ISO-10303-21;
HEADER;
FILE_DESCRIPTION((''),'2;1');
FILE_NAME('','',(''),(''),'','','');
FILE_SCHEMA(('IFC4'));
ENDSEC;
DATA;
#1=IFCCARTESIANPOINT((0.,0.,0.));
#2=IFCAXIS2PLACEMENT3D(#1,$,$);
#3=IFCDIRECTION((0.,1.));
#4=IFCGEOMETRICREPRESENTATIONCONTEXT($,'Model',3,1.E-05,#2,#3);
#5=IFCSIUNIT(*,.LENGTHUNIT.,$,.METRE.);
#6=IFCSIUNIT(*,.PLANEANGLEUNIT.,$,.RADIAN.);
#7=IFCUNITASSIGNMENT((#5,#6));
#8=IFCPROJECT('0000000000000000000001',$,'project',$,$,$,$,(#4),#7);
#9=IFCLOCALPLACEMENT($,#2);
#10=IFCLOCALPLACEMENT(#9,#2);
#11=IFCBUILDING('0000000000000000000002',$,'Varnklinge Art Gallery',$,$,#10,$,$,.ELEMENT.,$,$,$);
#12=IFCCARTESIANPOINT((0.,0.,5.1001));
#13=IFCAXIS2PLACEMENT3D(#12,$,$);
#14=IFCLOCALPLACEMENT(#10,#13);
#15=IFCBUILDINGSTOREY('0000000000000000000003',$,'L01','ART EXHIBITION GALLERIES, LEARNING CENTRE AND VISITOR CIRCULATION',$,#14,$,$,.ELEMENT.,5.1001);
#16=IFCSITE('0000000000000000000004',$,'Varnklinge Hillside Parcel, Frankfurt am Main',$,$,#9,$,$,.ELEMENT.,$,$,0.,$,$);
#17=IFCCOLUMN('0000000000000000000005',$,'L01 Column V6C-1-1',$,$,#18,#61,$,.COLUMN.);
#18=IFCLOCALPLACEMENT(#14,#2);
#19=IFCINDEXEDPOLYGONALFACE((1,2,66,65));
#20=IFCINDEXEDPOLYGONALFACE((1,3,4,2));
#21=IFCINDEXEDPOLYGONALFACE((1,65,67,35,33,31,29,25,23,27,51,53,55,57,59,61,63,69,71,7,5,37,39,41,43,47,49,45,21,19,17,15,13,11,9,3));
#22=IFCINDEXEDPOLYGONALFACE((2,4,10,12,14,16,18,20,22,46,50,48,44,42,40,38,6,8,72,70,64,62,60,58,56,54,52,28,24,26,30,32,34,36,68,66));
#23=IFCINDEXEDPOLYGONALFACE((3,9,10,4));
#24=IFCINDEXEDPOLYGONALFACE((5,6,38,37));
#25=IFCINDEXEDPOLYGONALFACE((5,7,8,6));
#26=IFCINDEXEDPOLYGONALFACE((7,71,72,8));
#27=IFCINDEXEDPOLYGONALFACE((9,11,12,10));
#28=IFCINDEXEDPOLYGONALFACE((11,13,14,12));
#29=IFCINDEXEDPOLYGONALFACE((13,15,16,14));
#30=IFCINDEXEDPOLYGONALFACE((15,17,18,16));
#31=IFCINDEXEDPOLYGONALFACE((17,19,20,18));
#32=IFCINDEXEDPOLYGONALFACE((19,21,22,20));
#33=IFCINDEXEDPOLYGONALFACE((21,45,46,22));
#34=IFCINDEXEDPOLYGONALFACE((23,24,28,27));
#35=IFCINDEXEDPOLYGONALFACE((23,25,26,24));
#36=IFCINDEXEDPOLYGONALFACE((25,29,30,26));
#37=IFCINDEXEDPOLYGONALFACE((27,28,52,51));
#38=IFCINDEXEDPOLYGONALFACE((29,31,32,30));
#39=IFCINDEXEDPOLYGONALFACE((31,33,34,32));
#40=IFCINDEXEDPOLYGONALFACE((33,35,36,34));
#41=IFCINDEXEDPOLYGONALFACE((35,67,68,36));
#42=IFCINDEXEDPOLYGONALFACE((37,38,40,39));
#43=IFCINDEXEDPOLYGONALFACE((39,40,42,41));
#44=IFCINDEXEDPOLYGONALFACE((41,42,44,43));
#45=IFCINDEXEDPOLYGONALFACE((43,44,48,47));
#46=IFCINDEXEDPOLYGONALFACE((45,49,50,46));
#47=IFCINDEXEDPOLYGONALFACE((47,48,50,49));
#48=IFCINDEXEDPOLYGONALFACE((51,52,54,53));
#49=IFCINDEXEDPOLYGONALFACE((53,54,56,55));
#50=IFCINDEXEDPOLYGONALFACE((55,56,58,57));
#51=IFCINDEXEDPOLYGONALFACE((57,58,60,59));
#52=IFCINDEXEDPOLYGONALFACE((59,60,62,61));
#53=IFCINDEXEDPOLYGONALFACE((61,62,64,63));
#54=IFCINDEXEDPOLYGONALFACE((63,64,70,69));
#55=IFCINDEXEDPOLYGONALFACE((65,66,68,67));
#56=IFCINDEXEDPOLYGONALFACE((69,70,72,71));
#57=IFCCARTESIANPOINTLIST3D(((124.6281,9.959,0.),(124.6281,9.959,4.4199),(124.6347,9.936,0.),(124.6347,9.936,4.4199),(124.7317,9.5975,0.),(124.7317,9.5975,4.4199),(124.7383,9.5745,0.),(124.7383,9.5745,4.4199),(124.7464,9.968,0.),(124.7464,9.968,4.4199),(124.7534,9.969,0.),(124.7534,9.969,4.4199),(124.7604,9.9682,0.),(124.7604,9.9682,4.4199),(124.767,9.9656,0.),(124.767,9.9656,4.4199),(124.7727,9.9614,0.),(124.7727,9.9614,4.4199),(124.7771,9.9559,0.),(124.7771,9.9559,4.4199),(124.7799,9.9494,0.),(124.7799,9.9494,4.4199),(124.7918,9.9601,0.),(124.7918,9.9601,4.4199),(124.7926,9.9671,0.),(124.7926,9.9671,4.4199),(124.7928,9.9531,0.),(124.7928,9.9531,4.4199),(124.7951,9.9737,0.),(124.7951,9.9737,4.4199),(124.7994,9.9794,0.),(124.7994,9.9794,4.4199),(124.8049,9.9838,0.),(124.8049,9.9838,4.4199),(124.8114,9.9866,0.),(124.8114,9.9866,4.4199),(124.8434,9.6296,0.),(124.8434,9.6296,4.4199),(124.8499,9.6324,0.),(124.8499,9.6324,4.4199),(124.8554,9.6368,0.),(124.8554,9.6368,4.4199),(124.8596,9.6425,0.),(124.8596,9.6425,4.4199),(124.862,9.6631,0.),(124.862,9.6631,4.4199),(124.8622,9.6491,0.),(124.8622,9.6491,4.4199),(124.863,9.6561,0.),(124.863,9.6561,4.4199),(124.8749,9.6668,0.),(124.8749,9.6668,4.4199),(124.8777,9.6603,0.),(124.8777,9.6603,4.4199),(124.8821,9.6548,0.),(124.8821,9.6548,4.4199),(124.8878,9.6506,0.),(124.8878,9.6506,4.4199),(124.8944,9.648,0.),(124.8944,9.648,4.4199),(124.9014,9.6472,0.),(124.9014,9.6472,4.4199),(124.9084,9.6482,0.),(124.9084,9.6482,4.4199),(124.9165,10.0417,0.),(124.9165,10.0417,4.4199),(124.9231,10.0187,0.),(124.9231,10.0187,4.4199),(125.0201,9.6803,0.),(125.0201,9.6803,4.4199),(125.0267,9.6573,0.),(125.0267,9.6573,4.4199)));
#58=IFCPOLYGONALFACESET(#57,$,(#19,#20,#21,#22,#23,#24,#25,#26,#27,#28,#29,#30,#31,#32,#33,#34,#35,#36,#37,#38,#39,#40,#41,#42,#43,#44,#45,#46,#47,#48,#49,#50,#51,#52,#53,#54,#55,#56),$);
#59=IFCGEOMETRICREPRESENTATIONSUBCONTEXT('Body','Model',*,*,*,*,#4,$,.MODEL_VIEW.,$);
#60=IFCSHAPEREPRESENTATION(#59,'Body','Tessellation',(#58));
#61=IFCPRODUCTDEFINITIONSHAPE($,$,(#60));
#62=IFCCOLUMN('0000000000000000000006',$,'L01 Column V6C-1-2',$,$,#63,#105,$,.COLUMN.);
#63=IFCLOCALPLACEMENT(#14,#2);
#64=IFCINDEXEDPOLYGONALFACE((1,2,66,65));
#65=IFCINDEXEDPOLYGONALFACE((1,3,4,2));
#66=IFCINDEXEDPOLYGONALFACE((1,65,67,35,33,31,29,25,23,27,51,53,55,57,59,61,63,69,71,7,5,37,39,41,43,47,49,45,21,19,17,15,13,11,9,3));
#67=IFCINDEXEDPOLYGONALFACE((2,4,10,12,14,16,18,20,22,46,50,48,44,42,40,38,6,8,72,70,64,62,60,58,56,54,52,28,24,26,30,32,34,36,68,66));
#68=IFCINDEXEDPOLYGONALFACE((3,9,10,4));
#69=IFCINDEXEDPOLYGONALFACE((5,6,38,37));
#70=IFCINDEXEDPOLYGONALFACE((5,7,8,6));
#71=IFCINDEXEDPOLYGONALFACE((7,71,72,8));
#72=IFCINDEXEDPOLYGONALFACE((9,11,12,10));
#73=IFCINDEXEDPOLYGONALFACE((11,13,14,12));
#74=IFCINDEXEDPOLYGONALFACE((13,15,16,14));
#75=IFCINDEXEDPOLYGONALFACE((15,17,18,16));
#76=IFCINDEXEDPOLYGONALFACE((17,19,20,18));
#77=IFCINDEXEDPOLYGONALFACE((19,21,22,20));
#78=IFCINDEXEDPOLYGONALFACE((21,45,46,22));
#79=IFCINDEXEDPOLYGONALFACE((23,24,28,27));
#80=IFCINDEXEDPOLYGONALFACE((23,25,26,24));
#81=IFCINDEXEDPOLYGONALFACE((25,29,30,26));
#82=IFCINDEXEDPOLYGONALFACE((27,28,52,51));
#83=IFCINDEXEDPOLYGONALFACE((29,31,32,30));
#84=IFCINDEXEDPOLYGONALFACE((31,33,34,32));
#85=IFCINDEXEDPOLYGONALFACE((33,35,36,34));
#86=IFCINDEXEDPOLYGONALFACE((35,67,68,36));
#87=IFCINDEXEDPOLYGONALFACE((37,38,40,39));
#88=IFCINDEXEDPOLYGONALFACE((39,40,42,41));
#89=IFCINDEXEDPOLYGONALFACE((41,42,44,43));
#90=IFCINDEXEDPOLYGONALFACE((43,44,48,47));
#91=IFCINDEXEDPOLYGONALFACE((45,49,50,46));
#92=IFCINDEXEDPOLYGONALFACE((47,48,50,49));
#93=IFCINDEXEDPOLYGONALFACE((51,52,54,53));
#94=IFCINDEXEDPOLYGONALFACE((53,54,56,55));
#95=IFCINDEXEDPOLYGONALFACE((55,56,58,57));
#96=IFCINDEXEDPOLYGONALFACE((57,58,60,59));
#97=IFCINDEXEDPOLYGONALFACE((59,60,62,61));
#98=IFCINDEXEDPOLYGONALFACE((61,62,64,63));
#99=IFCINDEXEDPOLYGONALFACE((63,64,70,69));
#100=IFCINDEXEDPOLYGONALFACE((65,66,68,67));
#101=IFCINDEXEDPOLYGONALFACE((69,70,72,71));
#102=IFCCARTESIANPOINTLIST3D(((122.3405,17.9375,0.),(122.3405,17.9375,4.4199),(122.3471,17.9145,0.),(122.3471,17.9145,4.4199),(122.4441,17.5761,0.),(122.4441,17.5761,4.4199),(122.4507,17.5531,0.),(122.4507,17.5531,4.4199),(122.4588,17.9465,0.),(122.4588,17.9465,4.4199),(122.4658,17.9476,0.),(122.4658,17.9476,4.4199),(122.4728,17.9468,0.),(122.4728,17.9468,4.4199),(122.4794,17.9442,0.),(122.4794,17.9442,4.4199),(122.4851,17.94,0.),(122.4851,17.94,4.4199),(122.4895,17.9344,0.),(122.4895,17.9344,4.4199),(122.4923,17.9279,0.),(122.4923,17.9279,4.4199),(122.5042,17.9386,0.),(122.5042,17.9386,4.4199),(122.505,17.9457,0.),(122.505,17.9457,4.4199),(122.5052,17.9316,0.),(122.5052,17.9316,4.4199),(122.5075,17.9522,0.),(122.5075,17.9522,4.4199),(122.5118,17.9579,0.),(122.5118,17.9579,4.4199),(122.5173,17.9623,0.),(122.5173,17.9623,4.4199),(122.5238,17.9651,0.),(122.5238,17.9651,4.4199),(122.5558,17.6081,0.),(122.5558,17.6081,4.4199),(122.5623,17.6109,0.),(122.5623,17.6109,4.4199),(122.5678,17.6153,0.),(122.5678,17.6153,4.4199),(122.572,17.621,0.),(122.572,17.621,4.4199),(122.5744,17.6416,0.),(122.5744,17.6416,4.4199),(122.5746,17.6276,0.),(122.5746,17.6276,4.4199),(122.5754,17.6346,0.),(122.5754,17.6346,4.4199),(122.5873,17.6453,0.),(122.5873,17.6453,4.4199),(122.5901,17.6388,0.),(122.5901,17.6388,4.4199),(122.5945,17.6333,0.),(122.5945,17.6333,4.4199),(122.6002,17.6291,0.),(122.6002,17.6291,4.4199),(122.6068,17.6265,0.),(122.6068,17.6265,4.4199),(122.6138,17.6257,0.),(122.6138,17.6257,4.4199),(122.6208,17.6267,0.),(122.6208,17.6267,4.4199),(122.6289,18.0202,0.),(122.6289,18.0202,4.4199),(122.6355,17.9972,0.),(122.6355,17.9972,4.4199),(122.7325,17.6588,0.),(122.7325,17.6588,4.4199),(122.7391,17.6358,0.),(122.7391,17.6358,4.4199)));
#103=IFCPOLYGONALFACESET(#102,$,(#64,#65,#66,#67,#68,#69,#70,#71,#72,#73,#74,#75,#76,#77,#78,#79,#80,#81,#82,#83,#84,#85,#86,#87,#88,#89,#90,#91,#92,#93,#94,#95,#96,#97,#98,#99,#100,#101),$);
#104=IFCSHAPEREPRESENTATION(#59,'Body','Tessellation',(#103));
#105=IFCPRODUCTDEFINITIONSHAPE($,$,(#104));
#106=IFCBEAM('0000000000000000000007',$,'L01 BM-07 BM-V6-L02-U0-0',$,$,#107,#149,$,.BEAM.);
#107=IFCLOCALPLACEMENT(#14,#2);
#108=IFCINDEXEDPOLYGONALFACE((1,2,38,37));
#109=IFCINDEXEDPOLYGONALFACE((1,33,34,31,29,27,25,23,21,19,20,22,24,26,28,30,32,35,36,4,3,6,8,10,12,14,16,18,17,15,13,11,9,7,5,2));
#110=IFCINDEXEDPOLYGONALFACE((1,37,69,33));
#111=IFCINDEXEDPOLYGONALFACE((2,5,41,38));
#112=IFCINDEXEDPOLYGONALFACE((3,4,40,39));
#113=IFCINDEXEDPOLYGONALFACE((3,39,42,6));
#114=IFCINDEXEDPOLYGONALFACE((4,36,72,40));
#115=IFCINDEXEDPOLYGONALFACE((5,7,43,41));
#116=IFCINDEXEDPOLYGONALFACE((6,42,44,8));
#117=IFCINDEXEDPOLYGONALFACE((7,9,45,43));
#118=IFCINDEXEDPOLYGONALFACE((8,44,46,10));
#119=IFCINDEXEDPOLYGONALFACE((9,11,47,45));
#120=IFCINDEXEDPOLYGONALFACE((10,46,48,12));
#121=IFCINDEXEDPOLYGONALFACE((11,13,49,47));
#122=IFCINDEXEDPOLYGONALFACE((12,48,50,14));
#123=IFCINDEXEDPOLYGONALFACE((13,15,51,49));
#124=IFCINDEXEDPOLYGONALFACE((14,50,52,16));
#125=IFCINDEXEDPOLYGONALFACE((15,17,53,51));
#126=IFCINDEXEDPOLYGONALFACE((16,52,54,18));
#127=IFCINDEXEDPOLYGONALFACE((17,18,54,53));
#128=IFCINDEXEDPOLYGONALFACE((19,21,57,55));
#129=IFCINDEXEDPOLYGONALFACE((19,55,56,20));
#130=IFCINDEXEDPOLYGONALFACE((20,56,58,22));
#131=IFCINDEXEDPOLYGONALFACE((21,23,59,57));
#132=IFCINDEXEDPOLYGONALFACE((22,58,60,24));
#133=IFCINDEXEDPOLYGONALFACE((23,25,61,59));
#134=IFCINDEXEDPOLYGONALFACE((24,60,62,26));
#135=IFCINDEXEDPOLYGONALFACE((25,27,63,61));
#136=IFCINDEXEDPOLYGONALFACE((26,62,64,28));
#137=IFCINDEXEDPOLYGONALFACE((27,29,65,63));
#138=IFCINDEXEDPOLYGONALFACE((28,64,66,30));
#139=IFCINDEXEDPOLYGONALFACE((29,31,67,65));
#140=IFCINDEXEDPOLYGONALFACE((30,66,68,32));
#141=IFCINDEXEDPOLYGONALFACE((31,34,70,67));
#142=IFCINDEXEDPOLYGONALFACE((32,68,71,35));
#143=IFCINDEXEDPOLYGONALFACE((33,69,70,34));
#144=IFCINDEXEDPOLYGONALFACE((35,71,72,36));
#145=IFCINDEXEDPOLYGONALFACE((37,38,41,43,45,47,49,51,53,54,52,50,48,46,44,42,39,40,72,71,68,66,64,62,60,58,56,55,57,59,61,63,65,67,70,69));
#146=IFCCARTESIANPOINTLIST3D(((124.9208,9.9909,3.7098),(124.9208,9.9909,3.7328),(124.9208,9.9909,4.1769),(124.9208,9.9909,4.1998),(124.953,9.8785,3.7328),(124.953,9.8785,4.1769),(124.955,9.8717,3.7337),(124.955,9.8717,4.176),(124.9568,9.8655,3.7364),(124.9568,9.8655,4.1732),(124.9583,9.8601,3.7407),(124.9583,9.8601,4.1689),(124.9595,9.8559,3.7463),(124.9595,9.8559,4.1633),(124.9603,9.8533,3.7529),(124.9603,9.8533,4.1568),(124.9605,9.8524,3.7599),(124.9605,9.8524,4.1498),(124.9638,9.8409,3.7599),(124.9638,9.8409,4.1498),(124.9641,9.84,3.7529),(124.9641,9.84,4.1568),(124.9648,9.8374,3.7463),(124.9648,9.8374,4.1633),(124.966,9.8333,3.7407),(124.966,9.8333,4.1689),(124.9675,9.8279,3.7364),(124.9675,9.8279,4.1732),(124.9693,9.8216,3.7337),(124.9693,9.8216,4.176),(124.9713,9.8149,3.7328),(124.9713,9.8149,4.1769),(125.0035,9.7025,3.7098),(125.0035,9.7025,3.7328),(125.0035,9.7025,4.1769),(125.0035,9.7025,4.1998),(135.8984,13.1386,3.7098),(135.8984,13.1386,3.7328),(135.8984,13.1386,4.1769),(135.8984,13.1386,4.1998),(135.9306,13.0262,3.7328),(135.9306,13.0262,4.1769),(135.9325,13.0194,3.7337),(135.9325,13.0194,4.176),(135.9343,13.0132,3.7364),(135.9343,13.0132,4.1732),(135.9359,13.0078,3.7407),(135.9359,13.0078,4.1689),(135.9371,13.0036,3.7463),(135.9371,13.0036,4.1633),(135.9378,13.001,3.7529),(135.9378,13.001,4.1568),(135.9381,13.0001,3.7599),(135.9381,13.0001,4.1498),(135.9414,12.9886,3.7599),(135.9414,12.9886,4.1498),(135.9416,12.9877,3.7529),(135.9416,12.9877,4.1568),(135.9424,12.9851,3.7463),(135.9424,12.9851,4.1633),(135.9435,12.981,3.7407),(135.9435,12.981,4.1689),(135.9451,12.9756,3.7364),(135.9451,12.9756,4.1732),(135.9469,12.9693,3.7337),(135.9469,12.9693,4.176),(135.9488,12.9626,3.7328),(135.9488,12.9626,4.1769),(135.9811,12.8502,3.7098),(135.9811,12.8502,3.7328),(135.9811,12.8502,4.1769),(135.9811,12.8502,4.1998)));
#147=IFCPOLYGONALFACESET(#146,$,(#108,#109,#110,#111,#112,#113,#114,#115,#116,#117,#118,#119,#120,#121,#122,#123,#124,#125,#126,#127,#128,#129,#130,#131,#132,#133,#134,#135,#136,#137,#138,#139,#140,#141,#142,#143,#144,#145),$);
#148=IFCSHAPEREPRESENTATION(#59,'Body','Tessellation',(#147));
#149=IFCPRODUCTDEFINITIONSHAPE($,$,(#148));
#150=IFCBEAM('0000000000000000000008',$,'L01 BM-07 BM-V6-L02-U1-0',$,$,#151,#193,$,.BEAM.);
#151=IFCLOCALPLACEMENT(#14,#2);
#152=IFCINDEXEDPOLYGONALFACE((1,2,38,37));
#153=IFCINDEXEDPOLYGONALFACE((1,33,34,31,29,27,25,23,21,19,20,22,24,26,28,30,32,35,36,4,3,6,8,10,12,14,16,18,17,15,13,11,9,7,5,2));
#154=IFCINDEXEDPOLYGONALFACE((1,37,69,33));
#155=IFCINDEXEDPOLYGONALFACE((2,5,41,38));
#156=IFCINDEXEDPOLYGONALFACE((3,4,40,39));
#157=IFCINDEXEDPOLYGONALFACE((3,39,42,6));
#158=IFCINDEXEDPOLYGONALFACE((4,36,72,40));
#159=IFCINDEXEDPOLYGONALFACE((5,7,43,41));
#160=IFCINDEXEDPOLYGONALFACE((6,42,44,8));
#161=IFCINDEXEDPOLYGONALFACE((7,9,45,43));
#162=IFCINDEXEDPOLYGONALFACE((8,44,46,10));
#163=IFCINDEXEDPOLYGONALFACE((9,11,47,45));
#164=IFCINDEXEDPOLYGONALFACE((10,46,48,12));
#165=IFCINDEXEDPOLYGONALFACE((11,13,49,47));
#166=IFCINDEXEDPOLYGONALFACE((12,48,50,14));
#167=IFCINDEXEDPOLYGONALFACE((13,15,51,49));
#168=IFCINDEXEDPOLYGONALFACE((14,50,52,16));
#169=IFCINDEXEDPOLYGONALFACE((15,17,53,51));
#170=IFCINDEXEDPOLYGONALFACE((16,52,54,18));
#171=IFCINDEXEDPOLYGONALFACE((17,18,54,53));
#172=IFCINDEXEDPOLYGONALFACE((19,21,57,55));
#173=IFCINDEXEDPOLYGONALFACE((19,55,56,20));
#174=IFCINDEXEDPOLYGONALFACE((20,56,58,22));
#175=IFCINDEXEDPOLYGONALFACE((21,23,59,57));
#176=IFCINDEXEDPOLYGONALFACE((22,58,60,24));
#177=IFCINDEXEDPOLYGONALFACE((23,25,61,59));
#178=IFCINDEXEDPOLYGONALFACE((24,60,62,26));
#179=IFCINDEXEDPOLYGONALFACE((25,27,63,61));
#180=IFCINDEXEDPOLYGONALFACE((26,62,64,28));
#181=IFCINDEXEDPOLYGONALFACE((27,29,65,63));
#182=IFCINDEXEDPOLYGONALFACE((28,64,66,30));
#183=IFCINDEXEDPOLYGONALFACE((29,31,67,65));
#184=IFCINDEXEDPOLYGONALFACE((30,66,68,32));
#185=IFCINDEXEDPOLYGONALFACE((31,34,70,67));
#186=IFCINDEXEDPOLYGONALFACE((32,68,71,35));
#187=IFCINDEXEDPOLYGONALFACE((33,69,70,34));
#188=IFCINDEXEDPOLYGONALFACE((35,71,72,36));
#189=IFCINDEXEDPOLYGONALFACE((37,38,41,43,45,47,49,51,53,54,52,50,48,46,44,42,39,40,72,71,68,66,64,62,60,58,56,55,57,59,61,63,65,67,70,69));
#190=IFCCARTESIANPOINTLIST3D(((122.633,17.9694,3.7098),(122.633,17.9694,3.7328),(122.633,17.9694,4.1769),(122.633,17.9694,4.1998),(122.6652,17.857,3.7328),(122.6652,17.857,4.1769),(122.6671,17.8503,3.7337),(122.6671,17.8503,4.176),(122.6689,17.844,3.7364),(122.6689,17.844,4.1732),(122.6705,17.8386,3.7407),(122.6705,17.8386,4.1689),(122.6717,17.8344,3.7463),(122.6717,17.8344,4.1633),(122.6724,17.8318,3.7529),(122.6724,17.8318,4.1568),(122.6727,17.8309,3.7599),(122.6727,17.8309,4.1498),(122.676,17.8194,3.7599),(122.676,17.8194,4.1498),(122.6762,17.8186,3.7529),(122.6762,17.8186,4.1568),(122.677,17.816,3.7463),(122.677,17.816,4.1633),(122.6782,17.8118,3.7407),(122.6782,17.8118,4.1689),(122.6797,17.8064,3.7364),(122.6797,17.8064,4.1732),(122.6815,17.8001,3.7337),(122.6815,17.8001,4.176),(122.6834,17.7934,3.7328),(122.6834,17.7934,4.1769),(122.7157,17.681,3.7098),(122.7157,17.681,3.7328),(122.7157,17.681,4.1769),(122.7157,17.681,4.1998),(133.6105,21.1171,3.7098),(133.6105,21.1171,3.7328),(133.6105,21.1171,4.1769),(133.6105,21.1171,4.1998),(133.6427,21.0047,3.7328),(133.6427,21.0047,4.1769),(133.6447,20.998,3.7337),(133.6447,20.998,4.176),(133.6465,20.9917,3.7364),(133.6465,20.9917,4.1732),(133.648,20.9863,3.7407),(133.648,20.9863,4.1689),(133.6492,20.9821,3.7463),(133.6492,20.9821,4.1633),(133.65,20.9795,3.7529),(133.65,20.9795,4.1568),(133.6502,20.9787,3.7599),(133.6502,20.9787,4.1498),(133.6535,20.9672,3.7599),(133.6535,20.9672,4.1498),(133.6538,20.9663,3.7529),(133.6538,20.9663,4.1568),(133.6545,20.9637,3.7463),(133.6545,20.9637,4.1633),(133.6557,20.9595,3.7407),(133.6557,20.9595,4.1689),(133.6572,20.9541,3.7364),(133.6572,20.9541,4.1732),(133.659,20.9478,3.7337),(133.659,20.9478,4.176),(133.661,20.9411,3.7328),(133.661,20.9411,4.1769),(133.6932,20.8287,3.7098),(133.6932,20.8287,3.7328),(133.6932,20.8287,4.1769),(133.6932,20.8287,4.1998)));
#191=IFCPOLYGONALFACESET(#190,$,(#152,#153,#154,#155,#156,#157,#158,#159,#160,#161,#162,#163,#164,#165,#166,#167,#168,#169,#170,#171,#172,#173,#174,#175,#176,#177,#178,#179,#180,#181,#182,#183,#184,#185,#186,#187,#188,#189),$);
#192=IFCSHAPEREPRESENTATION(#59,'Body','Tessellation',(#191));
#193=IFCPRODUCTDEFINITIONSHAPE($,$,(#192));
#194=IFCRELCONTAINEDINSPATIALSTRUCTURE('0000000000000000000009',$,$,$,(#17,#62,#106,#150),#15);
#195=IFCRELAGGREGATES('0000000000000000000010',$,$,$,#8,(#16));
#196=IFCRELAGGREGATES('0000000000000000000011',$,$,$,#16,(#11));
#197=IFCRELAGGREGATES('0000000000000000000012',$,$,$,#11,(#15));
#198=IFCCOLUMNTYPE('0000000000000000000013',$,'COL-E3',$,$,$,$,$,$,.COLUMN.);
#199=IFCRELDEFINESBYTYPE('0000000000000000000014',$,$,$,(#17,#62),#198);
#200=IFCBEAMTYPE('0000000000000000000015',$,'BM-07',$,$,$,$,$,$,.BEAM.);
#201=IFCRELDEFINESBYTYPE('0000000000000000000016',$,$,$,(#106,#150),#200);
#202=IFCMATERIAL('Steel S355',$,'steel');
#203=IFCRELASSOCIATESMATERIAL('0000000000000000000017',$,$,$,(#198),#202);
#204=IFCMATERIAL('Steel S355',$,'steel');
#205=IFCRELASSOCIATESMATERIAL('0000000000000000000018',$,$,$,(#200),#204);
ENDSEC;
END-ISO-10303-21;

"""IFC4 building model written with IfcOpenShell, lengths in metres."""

from ifc_helpers import new_model, si_unit, direction, frame, origin, origin_2d, place, context, subcontext, project, spatial, i_section, extrude, material, material_profile, profile_set, type_object, element, save


model = new_model("IFC4")

# Units and contexts
model_context = context("Model", 3, precision=1e-05, world=origin(), true_north=direction((0.0, 1.0)))
body_context = subcontext(model_context, "Body", "Model", "MODEL_VIEW")
ifc_project = project(units=[si_unit("LENGTHUNIT", "METRE"), si_unit("PLANEANGLEUNIT", "RADIAN")], contexts=[model_context])

# Site, building, storey
site_placement = place(None, origin())
site = spatial("IfcSite", under=ifc_project, at=site_placement, Name="Varnklinge Hillside Parcel, Frankfurt am Main", CompositionType="ELEMENT", RefElevation=0.0)
building_placement = place(site_placement, origin())
building = spatial("IfcBuilding", under=site, at=building_placement, Name="Varnklinge Art Gallery", CompositionType="ELEMENT")
storey_placement = place(building_placement, frame((0.0, 0.0, 5.1001)))
storey = spatial("IfcBuildingStorey", under=building, at=storey_placement, Name="L01", Description="ART EXHIBITION GALLERIES, LEARNING CENTRE AND VISITOR CIRCULATION", CompositionType="ELEMENT", Elevation=5.1001)

# Columns
ifc_material_1 = material(Name="Steel S355", Category="steel")
ifc_material_profile_1 = material_profile(ifc_material_1, i_section(OverallWidth=0.3, OverallDepth=0.3999, WebThickness=0.0134, FlangeThickness=0.0239, FilletRadius=0.0271, at=origin_2d()), Name="HEB 400")
ifc_profile_set_1 = profile_set([ifc_material_profile_1], Name="Steel S355")
column_type = type_object("IfcColumnType", Name="COL-E3", PredefinedType="COLUMN", material=ifc_profile_set_1)
for number, where, z_axis, x_axis, name in (
    (1, (124.8274, 9.8081, 0.0), (0.0, 0.0, 1.0), (0.961262, 0.275637, 0.0), "L01 Column V6C-1-1"),
    (2, (122.5398, 17.7866, 0.0), (0.0, 0.0, 1.0), (0.961262, 0.275637, 0.0), "L01 Column V6C-1-2"),
):
    element("IfcColumn", number, at=place(storey_placement, frame(where, z_axis=z_axis, x_axis=x_axis)), inside=storey, type_object=column_type, Name=name, PredefinedType="COLUMN", context=body_context, shape_type="SweptSolid", body=[
        extrude(i_section(OverallWidth=0.3, OverallDepth=0.3999, WebThickness=0.0134, FlangeThickness=0.0239, FilletRadius=0.0271, at=origin_2d()), origin(), (0.0, 0.0, 1.0), 4.4199),
    ])

# Beams
ifc_material_2 = material(Name="Steel S355", Category="steel")
ifc_material_profile_2 = material_profile(ifc_material_2, i_section(OverallWidth=0.3, OverallDepth=0.49, WebThickness=0.012, FlangeThickness=0.0229, FilletRadius=0.0271, at=origin_2d()), Name="HEA 500")
ifc_profile_set_2 = profile_set([ifc_material_profile_2], Name="Steel S355")
beam_type_1 = type_object("IfcBeamType", Name="BM-07", PredefinedType="BEAM", material=ifc_profile_set_2)
for number, where, z_axis, x_axis, name in (
    (3, (124.9622, 9.8467, 3.9548), (0.961263, 0.275633, 0.0), (-0.275633, 0.961263, 0.0), "L01 BM-07 BM-V6-L02-U0-0"),
    (4, (122.6743, 17.8252, 3.9548), (0.961263, 0.275633, 0.0), (-0.275633, 0.961263, 0.0), "L01 BM-07 BM-V6-L02-U1-0"),
):
    element("IfcBeam", number, at=place(storey_placement, frame(where, z_axis=z_axis, x_axis=x_axis)), inside=storey, type_object=beam_type_1, Name=name, PredefinedType="BEAM", context=body_context, shape_type="SweptSolid", body=[
        extrude(i_section(OverallWidth=0.3, OverallDepth=0.49, WebThickness=0.012, FlangeThickness=0.0229, FilletRadius=0.0271, at=origin_2d()), origin(), (0.0, 0.0, 1.0), 11.4199),
    ])

save(model, "model.ifc")
